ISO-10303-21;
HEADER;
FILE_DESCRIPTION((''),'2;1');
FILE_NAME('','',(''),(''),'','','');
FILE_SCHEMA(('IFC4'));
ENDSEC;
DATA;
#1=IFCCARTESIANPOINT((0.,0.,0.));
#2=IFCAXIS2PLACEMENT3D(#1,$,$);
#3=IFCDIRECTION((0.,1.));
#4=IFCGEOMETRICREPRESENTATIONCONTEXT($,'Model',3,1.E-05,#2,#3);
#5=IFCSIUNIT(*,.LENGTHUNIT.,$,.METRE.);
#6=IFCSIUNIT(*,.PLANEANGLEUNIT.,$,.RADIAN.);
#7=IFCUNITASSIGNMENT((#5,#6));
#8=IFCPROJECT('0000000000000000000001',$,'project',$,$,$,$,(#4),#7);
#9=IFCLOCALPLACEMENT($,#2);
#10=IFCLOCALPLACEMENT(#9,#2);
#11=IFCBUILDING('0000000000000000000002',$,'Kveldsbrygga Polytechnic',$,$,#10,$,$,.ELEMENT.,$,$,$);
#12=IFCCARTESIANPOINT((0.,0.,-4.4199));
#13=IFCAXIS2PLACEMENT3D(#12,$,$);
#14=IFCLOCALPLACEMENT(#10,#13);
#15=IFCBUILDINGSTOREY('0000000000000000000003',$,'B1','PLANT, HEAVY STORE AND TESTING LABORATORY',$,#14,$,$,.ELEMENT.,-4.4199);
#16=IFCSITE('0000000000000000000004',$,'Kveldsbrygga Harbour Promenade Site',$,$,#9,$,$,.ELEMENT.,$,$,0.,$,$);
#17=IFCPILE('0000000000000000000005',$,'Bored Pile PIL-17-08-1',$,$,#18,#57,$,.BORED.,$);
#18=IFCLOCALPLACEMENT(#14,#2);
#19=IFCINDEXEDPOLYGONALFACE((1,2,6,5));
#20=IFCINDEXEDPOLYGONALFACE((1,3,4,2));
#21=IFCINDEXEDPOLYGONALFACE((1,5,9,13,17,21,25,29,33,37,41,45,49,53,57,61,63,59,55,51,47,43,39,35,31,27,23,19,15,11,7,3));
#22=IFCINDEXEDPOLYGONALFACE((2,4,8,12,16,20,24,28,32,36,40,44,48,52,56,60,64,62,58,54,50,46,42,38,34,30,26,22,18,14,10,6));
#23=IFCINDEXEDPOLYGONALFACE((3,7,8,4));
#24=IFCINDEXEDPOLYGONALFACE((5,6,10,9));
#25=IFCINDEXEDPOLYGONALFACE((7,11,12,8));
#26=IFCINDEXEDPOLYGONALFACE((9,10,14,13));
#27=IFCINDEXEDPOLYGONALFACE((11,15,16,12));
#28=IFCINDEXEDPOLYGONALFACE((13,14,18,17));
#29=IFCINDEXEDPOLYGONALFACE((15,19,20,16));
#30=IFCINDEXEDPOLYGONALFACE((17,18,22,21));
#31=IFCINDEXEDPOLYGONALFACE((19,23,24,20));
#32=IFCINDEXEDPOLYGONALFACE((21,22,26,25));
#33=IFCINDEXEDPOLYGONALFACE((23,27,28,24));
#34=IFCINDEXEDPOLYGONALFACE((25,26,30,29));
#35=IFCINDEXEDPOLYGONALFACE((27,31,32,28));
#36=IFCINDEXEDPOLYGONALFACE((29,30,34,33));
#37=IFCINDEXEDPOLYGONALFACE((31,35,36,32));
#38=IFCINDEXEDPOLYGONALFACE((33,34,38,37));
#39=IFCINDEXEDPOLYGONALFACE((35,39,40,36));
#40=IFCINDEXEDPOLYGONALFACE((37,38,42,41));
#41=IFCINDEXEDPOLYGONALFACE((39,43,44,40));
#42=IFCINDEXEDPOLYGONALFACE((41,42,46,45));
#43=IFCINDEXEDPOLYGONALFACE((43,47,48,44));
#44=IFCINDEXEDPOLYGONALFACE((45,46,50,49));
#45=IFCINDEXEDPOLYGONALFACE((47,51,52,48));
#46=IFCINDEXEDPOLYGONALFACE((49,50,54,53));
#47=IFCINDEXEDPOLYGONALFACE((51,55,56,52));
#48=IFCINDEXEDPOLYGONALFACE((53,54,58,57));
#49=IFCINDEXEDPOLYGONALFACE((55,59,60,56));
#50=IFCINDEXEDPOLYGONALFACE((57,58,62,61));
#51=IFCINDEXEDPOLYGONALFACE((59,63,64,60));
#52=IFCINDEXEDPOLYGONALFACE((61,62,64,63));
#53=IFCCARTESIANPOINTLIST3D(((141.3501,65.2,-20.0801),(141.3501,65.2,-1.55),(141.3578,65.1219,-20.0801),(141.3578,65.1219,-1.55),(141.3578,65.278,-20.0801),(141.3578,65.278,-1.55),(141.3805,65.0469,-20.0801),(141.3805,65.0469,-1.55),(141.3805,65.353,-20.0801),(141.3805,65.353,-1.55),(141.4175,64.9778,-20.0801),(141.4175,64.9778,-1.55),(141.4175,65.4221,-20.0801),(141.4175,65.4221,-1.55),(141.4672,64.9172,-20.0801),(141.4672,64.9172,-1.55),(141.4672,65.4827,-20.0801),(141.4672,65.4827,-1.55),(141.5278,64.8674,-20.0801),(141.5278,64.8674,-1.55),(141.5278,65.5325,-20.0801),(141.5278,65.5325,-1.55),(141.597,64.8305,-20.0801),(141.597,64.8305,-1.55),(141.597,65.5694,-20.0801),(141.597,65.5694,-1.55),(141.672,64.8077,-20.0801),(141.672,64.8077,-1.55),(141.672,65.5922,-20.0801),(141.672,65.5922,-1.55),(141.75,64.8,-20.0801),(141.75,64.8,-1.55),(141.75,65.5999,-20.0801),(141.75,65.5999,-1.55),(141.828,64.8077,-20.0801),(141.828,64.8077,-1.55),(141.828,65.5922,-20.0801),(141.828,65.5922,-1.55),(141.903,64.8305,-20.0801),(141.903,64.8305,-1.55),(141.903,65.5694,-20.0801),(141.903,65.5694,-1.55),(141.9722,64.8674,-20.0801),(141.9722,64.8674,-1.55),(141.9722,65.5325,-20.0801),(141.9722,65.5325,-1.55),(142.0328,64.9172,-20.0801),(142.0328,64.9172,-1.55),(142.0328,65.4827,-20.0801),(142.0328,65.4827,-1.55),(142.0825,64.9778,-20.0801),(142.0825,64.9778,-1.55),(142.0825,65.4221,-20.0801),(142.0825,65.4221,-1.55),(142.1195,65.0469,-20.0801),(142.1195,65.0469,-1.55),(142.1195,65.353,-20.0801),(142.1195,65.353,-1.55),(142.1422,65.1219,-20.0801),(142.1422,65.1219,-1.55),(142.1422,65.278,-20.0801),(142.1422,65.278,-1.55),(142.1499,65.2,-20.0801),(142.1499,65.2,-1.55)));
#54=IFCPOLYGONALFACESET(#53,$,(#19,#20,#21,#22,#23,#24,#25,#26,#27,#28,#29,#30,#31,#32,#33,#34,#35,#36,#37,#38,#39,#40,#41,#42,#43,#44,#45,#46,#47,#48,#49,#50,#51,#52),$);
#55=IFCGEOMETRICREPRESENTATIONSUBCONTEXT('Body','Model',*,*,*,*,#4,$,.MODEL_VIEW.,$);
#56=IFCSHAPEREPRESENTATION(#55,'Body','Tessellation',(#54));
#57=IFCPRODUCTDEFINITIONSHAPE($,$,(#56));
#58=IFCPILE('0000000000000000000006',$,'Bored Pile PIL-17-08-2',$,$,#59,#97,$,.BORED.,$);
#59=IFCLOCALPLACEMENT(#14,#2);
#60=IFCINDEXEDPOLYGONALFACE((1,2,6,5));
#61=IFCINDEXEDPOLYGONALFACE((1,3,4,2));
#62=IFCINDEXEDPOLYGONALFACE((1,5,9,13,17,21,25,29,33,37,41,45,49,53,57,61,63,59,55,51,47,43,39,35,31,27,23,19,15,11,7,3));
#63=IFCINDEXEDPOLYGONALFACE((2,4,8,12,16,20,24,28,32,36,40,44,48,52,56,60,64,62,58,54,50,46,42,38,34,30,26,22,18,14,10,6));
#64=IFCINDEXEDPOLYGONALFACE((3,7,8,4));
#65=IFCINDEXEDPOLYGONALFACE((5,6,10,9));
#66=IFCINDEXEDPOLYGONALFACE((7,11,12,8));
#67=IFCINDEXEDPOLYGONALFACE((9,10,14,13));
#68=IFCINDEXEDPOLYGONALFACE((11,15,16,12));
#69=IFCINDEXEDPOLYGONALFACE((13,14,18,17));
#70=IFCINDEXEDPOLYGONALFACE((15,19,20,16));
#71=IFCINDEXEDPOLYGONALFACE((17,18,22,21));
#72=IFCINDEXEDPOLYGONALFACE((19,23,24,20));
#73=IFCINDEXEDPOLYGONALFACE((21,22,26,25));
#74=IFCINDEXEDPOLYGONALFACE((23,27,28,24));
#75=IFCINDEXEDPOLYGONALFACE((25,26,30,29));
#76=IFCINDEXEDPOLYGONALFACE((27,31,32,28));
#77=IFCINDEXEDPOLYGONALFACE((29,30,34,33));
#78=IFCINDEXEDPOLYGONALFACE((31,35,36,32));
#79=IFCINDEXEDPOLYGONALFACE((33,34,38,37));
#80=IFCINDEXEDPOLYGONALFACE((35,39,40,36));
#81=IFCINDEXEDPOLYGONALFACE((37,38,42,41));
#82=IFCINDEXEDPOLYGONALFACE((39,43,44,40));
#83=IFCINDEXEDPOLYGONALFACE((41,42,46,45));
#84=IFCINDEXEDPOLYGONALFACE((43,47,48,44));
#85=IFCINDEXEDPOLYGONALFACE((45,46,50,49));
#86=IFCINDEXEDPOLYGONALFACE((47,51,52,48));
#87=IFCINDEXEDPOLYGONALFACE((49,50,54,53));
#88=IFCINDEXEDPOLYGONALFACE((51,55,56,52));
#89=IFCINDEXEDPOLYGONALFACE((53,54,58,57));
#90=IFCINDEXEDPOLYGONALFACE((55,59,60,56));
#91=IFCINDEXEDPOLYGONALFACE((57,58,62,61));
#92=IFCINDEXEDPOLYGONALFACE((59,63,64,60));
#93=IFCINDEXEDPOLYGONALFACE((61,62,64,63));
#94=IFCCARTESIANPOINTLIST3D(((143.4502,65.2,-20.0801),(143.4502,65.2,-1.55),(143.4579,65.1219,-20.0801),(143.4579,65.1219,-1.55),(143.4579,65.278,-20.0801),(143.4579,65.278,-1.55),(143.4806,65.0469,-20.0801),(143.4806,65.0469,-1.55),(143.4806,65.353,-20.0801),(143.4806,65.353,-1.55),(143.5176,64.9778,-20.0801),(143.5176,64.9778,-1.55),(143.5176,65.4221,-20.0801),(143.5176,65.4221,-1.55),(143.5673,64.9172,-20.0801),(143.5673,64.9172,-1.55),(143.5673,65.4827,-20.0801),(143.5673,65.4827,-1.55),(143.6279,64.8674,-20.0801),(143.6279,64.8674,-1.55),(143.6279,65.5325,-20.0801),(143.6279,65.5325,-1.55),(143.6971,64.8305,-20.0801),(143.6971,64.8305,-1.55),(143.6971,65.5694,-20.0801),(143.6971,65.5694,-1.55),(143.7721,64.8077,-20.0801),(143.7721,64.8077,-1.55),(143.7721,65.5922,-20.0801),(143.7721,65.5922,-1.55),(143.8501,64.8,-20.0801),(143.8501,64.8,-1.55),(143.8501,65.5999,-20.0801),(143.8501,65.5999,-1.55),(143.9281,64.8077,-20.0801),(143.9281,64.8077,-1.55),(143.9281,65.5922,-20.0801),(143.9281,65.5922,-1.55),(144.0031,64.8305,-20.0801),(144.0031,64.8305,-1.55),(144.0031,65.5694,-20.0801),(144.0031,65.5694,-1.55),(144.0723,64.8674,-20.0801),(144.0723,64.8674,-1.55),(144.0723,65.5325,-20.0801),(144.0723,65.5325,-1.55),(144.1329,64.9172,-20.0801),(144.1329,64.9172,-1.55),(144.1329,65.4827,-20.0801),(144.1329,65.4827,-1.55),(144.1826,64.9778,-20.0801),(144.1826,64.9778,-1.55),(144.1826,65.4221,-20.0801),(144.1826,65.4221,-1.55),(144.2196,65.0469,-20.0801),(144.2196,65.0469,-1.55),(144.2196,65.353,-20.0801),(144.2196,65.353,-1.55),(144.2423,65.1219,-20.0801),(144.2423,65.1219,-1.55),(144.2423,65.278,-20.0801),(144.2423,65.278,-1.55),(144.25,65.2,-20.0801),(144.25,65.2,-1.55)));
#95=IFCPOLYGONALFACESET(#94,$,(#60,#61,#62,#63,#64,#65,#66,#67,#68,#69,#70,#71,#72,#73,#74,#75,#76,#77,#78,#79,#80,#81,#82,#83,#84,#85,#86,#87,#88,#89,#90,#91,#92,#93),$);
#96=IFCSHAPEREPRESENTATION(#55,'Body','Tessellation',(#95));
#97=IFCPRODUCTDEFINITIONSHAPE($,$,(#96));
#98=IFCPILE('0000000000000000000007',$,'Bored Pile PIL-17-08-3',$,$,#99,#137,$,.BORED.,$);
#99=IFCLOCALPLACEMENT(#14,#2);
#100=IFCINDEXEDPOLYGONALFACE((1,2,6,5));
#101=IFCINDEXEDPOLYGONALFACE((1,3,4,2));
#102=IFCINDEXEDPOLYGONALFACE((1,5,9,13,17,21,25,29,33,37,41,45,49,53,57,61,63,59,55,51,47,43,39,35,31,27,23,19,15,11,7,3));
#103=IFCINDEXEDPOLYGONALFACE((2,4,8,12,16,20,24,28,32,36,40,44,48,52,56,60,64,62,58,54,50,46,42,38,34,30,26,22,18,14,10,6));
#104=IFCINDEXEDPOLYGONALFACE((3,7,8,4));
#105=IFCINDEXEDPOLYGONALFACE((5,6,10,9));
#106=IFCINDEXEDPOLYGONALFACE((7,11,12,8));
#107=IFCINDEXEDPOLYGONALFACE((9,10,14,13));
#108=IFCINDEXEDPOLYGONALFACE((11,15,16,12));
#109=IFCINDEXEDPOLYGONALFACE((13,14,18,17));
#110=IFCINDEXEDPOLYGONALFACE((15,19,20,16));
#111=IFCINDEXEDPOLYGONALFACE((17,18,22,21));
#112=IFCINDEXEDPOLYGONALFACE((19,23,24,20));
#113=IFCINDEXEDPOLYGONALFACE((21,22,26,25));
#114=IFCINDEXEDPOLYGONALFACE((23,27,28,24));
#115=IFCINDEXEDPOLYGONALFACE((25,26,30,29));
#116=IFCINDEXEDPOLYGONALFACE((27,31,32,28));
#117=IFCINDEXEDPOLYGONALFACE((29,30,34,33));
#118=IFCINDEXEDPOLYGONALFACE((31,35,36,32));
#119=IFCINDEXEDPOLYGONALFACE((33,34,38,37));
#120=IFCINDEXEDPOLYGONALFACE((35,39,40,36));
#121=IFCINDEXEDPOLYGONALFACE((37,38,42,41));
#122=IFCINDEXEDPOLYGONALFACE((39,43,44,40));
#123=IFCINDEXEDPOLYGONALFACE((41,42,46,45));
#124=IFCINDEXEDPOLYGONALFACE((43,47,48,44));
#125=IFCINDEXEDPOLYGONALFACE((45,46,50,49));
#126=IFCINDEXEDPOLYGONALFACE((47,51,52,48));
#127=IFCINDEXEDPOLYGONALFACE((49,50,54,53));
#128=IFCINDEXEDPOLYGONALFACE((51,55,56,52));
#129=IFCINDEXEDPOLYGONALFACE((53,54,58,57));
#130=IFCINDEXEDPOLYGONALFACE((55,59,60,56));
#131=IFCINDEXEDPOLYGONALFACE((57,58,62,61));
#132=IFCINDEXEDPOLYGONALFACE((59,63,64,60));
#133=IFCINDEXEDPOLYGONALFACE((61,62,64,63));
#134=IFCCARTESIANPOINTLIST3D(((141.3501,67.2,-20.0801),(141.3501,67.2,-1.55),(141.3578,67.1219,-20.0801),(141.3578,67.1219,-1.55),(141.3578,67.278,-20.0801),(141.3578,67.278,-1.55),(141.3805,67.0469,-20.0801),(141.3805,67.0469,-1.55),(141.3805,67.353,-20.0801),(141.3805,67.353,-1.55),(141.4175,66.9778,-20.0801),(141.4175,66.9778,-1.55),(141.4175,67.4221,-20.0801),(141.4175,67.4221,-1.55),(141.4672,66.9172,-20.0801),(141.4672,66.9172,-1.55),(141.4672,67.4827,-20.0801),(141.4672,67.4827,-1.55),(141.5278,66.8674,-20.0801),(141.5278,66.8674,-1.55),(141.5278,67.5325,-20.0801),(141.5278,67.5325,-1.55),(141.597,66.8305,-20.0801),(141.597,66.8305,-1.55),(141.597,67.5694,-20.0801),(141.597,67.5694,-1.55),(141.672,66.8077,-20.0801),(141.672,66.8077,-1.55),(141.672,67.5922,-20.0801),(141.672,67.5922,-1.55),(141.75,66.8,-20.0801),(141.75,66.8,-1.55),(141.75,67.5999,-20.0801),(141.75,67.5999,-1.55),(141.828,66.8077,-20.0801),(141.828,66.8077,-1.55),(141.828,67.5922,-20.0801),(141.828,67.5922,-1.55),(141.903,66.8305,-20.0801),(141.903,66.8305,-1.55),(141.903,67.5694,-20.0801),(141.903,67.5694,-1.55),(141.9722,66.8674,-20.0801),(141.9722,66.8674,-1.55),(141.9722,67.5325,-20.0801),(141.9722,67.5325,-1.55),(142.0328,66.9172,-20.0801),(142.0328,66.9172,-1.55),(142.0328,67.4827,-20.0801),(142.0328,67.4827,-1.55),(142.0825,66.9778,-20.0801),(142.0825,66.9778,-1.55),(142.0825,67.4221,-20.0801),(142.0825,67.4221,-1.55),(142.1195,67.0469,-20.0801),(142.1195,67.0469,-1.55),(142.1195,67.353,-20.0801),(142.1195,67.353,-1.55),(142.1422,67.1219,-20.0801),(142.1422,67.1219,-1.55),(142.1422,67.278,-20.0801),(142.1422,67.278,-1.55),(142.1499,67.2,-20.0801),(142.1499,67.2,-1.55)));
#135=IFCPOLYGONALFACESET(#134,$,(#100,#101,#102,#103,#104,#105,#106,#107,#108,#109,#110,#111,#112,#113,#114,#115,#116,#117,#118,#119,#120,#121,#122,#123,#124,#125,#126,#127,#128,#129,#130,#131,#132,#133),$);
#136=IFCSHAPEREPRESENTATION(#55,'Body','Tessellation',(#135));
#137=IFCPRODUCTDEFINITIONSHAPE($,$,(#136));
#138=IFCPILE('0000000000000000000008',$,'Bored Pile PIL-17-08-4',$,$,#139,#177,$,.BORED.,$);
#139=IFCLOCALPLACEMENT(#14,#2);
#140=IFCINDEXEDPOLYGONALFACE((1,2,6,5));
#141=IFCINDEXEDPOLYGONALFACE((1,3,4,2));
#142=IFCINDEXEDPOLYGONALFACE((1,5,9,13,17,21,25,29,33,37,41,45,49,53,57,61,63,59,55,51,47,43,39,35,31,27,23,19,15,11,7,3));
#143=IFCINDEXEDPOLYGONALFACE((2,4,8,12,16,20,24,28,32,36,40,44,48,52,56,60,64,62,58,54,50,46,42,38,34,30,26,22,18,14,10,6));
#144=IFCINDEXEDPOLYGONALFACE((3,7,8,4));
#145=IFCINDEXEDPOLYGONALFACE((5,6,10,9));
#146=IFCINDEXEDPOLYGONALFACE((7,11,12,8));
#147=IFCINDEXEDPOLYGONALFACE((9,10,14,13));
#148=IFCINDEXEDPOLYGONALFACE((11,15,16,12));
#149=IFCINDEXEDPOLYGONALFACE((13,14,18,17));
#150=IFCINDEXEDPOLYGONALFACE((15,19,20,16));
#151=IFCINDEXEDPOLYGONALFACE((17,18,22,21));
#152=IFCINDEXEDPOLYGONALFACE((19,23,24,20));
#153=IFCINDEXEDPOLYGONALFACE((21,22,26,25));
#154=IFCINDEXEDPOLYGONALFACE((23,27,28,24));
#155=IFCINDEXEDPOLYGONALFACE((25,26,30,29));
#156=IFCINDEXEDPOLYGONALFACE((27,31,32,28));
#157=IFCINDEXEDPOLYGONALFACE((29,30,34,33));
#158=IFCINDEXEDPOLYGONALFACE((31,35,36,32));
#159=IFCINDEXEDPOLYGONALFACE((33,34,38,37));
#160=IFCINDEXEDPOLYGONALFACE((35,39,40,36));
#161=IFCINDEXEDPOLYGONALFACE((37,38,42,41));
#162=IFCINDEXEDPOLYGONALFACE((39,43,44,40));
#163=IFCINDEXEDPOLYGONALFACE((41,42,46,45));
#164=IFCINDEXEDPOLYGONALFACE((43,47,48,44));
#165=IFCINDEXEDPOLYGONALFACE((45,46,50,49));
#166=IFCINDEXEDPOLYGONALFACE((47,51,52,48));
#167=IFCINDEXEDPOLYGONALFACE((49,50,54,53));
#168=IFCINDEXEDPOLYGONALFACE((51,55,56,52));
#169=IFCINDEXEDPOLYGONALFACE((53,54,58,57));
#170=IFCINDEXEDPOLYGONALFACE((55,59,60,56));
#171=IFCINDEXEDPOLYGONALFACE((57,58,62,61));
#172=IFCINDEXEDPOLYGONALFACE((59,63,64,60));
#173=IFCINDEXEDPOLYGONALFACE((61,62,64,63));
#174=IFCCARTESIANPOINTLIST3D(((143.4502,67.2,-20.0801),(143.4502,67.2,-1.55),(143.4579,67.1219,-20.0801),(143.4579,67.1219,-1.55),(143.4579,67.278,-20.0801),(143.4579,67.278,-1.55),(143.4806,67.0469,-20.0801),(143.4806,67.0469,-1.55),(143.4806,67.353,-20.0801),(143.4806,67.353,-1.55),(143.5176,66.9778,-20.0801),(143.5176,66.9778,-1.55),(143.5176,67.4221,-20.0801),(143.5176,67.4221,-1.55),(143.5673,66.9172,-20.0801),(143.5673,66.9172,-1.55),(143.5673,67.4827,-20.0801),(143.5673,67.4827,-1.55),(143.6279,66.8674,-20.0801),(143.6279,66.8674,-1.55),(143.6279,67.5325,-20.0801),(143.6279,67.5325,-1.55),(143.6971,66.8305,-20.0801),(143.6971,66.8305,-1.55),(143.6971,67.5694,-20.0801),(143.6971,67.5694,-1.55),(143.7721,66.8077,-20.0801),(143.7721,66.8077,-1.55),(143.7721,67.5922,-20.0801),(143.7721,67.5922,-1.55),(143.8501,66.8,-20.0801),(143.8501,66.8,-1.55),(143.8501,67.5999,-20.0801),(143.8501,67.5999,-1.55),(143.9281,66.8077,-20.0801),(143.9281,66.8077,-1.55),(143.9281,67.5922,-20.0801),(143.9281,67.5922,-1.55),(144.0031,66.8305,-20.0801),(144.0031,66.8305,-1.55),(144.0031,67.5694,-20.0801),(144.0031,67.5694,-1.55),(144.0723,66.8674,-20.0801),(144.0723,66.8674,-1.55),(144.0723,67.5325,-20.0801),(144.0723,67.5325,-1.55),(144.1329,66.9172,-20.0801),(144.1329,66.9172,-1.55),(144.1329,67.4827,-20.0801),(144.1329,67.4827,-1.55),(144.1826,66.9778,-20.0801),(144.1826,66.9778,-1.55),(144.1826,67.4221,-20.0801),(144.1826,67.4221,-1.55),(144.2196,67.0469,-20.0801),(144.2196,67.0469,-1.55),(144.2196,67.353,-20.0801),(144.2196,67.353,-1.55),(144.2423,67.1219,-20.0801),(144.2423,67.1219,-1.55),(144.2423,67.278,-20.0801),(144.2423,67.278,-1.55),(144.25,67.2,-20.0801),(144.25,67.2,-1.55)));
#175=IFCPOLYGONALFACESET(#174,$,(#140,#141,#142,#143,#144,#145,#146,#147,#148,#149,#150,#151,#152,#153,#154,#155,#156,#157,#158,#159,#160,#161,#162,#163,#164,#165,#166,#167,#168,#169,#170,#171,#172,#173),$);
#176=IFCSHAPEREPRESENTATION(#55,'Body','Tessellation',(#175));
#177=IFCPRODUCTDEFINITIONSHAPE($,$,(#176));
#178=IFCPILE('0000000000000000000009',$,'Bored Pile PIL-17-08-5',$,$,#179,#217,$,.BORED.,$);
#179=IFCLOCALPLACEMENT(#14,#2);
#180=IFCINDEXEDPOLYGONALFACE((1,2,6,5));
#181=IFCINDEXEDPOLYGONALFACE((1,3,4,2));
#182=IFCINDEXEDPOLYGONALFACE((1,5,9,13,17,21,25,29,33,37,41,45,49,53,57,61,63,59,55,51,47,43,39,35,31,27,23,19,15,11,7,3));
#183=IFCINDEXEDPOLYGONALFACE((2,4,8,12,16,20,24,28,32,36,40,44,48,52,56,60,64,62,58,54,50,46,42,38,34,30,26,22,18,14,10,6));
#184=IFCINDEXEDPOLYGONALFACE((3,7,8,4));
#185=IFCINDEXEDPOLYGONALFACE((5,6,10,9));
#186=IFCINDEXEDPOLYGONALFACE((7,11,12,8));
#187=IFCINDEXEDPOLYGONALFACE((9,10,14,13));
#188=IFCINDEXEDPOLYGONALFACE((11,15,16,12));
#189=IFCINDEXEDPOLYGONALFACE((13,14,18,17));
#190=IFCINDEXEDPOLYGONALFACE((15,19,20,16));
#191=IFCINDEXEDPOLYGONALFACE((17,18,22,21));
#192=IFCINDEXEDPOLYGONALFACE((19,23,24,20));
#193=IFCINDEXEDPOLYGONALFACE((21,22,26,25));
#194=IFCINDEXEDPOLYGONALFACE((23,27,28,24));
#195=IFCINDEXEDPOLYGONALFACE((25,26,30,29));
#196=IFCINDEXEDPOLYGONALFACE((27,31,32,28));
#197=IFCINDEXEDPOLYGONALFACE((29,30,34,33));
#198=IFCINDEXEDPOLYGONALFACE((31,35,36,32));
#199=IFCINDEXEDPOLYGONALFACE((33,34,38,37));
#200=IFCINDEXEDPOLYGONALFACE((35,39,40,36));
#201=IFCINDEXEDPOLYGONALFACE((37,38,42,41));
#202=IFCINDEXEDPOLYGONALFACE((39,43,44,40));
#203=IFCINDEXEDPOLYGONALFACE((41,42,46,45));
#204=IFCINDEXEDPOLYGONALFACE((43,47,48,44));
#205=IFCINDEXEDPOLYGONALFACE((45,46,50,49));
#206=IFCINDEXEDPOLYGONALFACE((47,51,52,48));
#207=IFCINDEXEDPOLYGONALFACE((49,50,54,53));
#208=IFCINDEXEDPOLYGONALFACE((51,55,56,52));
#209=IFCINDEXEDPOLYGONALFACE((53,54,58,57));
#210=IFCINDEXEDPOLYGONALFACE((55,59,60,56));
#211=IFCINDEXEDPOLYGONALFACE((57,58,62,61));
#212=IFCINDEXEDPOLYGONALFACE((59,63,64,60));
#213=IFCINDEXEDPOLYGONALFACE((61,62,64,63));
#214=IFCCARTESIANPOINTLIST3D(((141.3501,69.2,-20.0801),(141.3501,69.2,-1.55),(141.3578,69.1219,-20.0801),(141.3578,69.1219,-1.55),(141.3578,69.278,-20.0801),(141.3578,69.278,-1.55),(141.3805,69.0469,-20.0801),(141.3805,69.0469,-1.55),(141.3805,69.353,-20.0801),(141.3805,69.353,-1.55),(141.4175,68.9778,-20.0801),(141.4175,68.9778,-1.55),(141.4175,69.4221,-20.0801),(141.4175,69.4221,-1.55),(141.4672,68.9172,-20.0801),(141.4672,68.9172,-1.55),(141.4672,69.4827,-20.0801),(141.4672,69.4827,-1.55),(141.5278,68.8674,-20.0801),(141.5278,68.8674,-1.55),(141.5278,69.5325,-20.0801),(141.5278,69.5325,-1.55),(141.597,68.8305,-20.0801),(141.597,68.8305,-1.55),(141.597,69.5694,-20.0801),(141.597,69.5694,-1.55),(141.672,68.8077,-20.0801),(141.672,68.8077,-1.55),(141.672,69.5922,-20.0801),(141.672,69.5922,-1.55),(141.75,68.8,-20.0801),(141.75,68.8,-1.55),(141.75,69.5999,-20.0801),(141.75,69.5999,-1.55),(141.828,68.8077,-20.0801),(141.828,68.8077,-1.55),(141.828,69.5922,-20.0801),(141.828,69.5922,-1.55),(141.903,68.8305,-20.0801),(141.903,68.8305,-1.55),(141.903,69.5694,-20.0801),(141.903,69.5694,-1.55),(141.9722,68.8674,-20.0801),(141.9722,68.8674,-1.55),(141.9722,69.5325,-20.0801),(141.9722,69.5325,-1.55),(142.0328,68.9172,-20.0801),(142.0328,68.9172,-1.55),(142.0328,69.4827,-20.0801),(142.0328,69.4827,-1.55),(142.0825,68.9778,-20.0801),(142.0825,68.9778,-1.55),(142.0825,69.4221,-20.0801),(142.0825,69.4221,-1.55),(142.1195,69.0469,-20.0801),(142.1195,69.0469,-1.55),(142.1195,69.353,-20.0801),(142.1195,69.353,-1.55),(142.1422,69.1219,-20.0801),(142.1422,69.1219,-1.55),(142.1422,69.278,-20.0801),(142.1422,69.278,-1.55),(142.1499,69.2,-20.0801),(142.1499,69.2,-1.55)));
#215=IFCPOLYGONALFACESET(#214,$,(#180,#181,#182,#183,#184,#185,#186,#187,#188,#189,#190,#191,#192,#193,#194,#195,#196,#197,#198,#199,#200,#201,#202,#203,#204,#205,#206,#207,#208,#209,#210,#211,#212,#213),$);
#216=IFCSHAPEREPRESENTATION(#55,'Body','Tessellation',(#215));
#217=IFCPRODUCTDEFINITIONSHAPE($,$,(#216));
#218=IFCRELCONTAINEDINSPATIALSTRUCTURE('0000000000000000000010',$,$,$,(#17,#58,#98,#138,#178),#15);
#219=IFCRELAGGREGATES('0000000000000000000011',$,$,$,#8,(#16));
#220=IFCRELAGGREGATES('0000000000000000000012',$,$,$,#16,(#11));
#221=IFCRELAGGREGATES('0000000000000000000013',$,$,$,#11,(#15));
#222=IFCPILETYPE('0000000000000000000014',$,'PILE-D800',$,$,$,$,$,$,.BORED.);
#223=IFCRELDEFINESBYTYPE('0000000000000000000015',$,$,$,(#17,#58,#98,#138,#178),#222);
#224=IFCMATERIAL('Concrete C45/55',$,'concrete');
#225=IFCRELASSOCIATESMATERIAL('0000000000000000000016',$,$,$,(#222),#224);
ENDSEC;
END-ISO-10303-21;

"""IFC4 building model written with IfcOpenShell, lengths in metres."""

from ifc_helpers import new_model, si_unit, direction, frame, origin, origin_2d, place, context, subcontext, project, spatial, circle, extrude, material, material_profile, profile_set, type_object, element, save


model = new_model("IFC4")

# Units and contexts
model_context = context("Model", 3, precision=1e-05, world=origin(), true_north=direction((0.0, 1.0)))
body_context = subcontext(model_context, "Body", "Model", "MODEL_VIEW")
ifc_project = project(units=[si_unit("LENGTHUNIT", "METRE"), si_unit("PLANEANGLEUNIT", "RADIAN")], contexts=[model_context])

# Site, building, storey
site_placement = place(None, origin())
site = spatial("IfcSite", under=ifc_project, at=site_placement, Name="Kveldsbrygga Harbour Promenade Site", CompositionType="ELEMENT", RefElevation=0.0)
building_placement = place(site_placement, origin())
building = spatial("IfcBuilding", under=site, at=building_placement, Name="Kveldsbrygga Polytechnic", CompositionType="ELEMENT")
storey_placement = place(building_placement, frame((0.0, 0.0, -4.4199)))
storey = spatial("IfcBuildingStorey", under=building, at=storey_placement, Name="B1", Description="PLANT, HEAVY STORE AND TESTING LABORATORY", CompositionType="ELEMENT", Elevation=-4.4199)

# Shared definitions
ifc_material_1 = material(Name="Concrete C45/55", Category="concrete")

# Piles
ifc_material_profile_1 = material_profile(ifc_material_1, circle(Radius=0.3999, at=origin_2d()), Name="PILE D800")
ifc_profile_set_1 = profile_set([ifc_material_profile_1], Name="Concrete C45/55")
pile_type = type_object("IfcPileType", Name="PILE-D800", PredefinedType="BORED", material=ifc_profile_set_1)
for number, where, z_axis, x_axis, name in (
    (1, (141.75, 65.2, -1.55), (0.0, 0.0, -1.0), (1.0, 0.0, 0.0), "Bored Pile PIL-17-08-1"),
    (2, (143.8501, 65.2, -1.55), (0.0, 0.0, -1.0), (1.0, 0.0, 0.0), "Bored Pile PIL-17-08-2"),
    (3, (141.75, 67.2, -1.55), (0.0, 0.0, -1.0), (1.0, 0.0, 0.0), "Bored Pile PIL-17-08-3"),
    (4, (143.8501, 67.2, -1.55), (0.0, 0.0, -1.0), (1.0, 0.0, 0.0), "Bored Pile PIL-17-08-4"),
    (5, (141.75, 69.2, -1.55), (0.0, 0.0, -1.0), (1.0, 0.0, 0.0), "Bored Pile PIL-17-08-5"),
):
    element("IfcPile", number, at=place(storey_placement, frame(where, z_axis=z_axis, x_axis=x_axis)), inside=storey, type_object=pile_type, Name=name, PredefinedType="BORED", context=body_context, shape_type="SweptSolid", body=[
        extrude(circle(Radius=0.3999, at=origin_2d()), origin(), (0.0, 0.0, 1.0), 18.53),
    ])

save(model, "model.ifc")
